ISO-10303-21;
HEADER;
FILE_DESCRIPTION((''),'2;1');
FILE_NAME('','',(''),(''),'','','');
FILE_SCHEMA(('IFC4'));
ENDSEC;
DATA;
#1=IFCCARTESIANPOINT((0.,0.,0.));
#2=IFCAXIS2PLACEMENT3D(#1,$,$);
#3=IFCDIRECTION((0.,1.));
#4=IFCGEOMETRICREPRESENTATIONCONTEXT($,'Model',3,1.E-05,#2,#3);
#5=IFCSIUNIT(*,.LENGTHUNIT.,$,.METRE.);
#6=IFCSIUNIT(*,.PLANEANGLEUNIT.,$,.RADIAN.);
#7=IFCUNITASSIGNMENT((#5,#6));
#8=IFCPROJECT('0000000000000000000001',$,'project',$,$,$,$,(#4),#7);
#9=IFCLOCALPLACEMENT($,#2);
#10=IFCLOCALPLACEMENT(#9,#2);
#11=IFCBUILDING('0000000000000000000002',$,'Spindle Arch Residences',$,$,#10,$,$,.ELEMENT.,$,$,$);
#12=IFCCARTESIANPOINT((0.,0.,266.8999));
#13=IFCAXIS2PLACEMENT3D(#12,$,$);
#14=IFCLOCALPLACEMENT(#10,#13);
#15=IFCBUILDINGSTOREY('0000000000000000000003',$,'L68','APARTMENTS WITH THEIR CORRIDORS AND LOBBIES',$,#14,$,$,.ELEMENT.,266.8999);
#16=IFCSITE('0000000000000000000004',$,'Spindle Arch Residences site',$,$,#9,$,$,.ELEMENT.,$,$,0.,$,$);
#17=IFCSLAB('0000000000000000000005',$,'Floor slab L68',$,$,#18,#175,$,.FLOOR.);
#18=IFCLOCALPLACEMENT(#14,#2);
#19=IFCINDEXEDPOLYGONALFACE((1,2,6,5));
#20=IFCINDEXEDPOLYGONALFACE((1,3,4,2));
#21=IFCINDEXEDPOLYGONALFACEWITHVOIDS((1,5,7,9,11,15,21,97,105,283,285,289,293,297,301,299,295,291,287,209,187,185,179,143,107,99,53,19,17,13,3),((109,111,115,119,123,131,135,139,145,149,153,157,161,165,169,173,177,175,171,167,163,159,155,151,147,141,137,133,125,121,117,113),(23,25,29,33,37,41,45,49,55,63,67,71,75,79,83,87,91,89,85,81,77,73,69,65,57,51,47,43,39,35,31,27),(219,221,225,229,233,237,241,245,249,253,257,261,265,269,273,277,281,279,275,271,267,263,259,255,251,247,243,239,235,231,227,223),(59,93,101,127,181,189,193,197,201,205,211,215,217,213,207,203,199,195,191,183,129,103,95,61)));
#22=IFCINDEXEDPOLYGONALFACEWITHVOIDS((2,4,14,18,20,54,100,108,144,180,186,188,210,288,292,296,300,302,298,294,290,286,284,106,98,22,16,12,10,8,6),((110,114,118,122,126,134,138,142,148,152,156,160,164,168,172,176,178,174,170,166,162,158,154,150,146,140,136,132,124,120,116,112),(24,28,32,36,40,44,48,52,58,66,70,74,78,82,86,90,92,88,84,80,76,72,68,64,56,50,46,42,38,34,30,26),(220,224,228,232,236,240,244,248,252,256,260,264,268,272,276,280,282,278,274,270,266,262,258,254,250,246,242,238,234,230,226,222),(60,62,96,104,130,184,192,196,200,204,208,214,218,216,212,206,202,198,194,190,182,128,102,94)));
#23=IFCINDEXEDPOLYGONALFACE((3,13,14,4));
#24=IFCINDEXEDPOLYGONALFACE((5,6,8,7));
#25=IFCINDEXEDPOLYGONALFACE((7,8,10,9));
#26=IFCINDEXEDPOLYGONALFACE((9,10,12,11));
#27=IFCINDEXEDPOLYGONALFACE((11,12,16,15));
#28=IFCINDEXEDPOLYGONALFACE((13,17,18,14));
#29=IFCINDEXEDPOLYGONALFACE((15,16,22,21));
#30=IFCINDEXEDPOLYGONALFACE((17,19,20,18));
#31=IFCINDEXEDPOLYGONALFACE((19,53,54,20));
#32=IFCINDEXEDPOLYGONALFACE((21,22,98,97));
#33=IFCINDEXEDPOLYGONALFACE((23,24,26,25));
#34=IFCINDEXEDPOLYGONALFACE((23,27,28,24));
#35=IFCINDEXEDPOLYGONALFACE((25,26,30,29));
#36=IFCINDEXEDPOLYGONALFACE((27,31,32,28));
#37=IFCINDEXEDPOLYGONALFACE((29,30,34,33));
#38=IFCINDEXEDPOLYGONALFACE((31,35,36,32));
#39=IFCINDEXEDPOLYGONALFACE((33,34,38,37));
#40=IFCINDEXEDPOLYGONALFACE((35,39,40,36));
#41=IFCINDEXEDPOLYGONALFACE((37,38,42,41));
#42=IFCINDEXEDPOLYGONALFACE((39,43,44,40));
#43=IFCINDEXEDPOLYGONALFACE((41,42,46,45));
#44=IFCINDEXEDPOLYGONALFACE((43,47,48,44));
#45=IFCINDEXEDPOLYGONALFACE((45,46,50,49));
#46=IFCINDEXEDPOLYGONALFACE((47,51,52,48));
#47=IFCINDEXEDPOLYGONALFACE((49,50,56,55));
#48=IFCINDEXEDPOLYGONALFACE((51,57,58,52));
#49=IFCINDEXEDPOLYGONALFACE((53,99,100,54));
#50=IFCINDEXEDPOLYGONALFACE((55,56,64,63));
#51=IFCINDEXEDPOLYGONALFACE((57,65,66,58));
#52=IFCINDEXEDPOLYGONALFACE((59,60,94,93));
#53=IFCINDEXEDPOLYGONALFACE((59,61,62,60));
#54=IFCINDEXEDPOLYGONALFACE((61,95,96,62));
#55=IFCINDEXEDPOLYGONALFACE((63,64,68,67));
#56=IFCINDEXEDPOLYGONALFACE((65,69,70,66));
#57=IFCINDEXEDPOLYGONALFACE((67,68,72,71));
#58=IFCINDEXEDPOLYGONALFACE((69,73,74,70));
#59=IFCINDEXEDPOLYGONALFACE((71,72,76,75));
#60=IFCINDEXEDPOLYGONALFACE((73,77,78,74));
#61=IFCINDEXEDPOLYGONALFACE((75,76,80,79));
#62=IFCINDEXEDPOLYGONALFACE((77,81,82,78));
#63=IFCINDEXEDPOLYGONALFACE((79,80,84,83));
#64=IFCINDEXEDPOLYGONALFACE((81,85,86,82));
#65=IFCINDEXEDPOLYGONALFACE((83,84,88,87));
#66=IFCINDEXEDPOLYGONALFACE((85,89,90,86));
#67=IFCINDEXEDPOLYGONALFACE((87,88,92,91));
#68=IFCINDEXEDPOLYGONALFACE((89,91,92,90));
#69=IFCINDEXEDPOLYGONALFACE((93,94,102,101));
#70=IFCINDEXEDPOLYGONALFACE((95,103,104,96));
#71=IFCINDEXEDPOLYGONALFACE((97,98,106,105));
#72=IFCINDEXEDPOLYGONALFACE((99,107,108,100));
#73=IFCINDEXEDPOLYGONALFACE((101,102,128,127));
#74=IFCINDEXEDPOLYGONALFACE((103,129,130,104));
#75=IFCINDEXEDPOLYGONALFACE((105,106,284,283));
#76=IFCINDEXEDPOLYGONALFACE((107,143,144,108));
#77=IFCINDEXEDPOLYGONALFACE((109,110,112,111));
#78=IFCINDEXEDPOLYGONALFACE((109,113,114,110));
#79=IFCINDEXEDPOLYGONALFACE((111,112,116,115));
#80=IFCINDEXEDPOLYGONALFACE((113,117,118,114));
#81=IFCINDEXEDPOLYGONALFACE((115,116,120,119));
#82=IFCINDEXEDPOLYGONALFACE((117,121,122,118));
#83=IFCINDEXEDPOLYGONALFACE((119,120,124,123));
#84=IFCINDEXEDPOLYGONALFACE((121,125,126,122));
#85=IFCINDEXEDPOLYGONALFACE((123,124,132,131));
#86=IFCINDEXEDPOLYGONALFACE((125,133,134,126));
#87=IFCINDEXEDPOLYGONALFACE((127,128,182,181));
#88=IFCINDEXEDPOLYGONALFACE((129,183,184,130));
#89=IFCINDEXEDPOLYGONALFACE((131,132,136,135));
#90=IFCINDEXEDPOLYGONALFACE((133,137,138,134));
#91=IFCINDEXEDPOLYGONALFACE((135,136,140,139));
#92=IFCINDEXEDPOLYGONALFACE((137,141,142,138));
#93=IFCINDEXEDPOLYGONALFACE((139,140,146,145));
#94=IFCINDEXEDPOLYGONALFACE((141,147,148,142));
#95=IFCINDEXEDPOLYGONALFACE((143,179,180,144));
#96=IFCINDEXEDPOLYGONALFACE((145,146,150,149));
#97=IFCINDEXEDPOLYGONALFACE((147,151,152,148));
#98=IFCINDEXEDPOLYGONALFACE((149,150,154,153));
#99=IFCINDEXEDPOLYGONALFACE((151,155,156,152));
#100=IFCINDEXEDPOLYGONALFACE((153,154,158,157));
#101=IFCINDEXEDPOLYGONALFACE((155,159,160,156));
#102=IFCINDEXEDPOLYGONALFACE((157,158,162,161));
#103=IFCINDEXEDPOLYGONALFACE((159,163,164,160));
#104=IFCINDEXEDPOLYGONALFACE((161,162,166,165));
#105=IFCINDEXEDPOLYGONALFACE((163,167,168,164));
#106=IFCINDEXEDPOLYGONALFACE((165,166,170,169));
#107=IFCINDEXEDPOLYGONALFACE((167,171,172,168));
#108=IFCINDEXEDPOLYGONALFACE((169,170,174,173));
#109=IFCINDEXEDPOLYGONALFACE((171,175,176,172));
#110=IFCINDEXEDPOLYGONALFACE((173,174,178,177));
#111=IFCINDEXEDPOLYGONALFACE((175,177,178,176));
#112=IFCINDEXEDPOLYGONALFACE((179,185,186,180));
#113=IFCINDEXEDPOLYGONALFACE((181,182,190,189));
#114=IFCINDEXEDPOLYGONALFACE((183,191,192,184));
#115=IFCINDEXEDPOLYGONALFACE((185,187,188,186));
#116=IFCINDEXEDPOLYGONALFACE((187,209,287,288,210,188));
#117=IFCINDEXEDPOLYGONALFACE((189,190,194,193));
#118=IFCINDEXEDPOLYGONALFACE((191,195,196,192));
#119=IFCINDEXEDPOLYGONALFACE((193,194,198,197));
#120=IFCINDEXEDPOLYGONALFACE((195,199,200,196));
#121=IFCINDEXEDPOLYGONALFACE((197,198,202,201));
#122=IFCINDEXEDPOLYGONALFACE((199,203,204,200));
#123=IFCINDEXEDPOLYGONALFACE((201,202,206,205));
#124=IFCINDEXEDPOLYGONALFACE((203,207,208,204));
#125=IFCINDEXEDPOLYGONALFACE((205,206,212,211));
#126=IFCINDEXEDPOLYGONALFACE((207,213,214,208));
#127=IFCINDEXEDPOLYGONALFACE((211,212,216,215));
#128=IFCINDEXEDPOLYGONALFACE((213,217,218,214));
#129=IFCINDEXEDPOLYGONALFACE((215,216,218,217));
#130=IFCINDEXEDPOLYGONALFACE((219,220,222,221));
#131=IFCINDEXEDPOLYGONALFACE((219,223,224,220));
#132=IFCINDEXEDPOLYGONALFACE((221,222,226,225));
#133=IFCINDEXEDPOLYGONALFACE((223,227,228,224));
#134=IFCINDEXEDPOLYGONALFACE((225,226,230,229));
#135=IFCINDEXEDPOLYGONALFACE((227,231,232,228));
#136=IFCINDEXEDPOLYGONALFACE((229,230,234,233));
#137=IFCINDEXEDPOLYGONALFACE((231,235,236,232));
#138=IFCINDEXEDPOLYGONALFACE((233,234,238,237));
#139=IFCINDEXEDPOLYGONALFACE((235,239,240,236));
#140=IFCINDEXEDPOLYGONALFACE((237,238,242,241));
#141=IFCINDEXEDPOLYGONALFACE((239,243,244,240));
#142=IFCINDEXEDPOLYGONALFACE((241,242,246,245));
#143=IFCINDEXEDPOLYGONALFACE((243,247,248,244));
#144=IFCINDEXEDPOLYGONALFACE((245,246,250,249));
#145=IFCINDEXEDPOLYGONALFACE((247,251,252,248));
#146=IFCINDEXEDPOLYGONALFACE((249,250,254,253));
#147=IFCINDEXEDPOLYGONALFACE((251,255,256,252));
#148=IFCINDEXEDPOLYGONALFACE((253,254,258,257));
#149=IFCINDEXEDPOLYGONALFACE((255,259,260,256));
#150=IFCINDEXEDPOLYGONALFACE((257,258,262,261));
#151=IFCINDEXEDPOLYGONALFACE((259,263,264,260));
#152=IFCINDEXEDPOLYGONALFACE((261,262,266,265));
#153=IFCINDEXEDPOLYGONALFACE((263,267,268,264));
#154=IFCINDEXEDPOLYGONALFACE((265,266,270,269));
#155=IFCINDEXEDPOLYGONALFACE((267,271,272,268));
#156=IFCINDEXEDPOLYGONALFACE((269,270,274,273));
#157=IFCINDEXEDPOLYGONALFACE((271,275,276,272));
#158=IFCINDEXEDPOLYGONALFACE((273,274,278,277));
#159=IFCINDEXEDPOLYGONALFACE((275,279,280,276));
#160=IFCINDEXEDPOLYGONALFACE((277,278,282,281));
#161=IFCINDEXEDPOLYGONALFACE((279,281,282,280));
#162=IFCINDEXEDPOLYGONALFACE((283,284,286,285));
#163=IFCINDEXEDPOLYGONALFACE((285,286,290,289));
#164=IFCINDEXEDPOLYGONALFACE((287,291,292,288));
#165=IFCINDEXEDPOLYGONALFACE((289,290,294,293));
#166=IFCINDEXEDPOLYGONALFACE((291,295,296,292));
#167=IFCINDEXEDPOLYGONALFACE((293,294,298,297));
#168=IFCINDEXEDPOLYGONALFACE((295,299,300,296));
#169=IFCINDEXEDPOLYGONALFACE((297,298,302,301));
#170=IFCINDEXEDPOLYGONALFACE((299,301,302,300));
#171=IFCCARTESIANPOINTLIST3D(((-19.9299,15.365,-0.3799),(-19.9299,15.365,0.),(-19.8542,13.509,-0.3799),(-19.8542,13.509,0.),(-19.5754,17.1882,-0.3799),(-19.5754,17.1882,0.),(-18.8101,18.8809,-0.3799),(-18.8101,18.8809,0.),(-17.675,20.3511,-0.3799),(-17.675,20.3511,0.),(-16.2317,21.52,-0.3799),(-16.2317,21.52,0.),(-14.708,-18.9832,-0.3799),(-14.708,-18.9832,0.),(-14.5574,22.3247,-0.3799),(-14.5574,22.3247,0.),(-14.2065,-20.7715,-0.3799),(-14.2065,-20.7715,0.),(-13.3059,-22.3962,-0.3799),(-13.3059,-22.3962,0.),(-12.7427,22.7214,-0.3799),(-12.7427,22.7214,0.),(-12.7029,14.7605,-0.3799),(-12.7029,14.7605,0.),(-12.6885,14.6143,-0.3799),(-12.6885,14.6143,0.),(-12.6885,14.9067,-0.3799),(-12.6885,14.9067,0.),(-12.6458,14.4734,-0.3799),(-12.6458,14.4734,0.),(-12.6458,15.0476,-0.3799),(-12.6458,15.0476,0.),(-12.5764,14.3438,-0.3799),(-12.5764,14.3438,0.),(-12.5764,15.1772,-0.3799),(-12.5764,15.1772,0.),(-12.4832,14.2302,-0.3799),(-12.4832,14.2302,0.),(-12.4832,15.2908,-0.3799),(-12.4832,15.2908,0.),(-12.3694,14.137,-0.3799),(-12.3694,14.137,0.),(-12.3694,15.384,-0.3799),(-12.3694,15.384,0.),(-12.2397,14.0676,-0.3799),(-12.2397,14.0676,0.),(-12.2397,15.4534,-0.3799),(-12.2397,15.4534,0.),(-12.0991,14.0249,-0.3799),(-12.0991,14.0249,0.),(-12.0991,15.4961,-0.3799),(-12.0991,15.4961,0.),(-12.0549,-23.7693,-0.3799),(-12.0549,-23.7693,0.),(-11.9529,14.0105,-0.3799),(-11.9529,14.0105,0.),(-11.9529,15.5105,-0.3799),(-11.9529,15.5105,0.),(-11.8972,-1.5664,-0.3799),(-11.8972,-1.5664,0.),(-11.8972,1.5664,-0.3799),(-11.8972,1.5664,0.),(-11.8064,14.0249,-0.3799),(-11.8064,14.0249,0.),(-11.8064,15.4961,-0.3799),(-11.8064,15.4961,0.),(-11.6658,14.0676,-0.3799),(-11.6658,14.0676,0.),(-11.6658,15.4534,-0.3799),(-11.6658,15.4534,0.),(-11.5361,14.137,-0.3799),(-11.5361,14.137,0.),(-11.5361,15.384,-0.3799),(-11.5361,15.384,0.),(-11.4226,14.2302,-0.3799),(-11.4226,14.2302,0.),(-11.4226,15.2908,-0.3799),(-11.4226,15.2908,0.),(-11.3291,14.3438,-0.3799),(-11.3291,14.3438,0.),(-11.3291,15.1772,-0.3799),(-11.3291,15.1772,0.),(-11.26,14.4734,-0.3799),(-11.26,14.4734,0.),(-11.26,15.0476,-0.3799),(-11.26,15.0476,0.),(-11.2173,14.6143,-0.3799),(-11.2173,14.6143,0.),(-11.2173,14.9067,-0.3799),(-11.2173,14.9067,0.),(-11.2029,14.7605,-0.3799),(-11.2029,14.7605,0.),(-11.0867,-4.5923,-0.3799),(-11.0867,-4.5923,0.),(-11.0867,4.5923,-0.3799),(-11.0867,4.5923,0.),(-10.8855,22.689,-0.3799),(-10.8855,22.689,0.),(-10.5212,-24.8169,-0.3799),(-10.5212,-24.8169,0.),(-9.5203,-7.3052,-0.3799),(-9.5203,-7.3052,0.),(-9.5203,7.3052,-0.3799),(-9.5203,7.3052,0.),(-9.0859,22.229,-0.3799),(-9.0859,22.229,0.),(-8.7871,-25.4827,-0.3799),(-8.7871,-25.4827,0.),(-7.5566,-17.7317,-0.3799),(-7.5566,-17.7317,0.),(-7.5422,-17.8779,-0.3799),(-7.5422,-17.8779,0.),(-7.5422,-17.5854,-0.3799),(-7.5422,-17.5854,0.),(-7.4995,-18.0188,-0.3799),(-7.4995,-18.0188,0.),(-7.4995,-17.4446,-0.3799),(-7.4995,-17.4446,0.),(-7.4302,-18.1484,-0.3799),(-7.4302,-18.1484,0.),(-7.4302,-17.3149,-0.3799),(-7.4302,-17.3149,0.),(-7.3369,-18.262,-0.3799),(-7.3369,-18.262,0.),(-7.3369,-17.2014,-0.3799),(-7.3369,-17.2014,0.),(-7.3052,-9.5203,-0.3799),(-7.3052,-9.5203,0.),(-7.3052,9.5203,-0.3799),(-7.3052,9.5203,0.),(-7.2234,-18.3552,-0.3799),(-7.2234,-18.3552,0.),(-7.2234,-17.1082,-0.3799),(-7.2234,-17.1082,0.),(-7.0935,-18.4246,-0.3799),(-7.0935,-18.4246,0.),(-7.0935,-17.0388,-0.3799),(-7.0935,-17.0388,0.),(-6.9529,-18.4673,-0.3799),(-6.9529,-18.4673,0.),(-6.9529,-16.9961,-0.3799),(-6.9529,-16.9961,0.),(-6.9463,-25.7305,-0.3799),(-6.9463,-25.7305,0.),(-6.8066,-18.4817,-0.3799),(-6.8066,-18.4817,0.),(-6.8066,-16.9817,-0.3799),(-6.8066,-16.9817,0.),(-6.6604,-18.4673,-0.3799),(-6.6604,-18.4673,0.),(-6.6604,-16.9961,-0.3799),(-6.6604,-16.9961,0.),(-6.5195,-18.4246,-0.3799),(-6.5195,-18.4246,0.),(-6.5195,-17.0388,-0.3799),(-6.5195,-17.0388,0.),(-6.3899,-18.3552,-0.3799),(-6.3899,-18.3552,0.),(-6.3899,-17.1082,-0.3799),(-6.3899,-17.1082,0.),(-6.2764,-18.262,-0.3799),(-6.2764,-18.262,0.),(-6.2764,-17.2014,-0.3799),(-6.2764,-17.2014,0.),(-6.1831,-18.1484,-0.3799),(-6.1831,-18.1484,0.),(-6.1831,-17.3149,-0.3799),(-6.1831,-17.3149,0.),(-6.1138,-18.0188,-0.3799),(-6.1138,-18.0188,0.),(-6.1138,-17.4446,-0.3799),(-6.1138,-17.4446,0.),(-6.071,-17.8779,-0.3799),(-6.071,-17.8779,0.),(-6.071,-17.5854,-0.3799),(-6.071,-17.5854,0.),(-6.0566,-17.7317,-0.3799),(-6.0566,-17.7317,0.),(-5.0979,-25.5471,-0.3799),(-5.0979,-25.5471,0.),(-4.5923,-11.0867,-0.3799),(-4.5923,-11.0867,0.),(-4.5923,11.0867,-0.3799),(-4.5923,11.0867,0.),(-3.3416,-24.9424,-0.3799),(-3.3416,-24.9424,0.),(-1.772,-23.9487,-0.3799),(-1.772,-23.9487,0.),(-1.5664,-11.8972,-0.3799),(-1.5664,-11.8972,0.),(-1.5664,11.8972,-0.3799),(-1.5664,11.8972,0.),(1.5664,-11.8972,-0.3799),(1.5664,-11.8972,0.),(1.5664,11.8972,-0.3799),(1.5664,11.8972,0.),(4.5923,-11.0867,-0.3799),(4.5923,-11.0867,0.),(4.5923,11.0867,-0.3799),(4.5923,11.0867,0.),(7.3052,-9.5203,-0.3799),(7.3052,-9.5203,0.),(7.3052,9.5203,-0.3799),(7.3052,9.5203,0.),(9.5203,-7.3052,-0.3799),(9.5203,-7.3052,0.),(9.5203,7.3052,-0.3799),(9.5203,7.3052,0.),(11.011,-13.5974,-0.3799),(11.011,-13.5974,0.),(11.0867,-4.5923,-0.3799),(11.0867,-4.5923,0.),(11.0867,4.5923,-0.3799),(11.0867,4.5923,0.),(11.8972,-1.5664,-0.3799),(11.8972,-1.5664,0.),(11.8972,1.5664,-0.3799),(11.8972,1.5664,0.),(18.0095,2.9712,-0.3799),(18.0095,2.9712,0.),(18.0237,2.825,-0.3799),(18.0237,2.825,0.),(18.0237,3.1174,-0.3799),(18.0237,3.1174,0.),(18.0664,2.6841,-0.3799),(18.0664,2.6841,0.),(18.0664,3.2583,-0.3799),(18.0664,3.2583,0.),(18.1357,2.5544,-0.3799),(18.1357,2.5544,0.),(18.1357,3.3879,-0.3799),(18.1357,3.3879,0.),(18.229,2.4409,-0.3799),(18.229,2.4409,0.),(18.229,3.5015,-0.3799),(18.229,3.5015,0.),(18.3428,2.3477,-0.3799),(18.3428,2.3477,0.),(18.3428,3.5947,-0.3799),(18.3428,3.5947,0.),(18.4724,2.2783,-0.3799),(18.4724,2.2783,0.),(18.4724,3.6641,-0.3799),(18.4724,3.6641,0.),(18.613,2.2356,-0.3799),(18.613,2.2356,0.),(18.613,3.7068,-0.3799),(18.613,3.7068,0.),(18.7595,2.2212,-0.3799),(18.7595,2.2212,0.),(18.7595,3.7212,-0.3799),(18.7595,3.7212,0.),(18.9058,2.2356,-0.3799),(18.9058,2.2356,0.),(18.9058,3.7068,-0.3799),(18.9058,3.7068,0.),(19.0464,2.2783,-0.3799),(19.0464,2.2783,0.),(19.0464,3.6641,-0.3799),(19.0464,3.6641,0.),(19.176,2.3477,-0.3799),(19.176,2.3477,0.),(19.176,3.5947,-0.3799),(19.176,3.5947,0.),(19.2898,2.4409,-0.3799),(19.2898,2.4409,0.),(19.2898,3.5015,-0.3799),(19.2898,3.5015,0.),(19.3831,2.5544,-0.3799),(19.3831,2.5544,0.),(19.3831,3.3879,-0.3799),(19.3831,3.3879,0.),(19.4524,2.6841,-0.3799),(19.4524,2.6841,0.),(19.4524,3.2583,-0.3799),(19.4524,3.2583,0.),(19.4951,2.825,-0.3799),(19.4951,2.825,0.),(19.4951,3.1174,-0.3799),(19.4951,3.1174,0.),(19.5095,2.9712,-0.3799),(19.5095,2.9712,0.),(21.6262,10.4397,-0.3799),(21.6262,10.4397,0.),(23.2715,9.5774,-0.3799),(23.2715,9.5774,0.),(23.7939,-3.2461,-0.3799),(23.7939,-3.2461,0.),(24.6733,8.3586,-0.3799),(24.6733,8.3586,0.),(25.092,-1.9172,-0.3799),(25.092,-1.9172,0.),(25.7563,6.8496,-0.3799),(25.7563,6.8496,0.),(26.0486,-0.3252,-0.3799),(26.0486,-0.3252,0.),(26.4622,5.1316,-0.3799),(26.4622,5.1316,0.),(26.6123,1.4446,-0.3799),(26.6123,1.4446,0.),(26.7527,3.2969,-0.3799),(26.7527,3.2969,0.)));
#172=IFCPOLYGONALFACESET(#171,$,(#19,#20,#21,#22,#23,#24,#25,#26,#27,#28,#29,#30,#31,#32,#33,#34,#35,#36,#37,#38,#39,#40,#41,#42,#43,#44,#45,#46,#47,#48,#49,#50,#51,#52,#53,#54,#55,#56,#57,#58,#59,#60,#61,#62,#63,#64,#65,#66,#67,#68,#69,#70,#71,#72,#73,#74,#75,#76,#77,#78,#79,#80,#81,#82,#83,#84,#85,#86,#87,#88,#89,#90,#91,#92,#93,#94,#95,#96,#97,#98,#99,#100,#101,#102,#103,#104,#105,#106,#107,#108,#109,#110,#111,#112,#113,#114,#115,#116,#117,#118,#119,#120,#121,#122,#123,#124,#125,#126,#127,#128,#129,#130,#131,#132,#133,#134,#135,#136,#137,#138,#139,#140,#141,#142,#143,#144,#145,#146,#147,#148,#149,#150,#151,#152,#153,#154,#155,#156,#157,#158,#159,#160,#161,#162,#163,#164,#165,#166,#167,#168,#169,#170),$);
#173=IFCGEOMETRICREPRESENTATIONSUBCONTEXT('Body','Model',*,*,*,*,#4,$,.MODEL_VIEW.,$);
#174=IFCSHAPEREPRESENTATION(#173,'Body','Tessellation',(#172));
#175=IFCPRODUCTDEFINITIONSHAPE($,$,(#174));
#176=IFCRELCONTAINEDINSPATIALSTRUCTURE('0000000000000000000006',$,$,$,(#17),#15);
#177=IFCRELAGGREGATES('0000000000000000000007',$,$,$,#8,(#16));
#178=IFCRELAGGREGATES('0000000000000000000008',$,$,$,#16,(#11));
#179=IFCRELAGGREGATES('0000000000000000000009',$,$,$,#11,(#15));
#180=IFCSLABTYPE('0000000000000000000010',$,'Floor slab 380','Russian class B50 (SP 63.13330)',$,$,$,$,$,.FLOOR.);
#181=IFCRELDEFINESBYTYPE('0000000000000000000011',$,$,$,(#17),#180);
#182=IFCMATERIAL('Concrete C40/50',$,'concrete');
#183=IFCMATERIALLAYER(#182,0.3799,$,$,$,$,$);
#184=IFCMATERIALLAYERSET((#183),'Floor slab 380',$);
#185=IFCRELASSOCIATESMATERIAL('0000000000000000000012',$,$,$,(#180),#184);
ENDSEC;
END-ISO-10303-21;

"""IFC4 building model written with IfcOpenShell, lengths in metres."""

from ifc_helpers import new_model, si_unit, direction, frame, origin, place, context, subcontext, project, spatial, polyline, outline, extrude, material, layer, layer_set, type_object, element, save


model = new_model("IFC4")

# Units and contexts
model_context = context("Model", 3, precision=1e-05, world=origin(), true_north=direction((0.0, 1.0)))
body_context = subcontext(model_context, "Body", "Model", "MODEL_VIEW")
ifc_project = project(units=[si_unit("LENGTHUNIT", "METRE"), si_unit("PLANEANGLEUNIT", "RADIAN")], contexts=[model_context])

# Site, building, storey
site_placement = place(None, origin())
site = spatial("IfcSite", under=ifc_project, at=site_placement, Name="Spindle Arch Residences site", CompositionType="ELEMENT", RefElevation=0.0)
building_placement = place(site_placement, origin())
building = spatial("IfcBuilding", under=site, at=building_placement, Name="Spindle Arch Residences", CompositionType="ELEMENT")
storey_placement = place(building_placement, frame((0.0, 0.0, 266.8999)))
storey = spatial("IfcBuildingStorey", under=building, at=storey_placement, Name="L68", Description="APARTMENTS WITH THEIR CORRIDORS AND LOBBIES", CompositionType="ELEMENT", Elevation=266.8999)

# Slab
ifc_material_1 = material(Name="Concrete C40/50", Category="concrete")
ifc_layer_1 = layer(ifc_material_1, 0.3799)
ifc_layer_set_1 = layer_set([ifc_layer_1], Name="Floor slab 380")
slab_type_1 = type_object("IfcSlabType", Name="Floor slab 380", Description="Russian class B50 (SP 63.13330)", PredefinedType="FLOOR", material=ifc_layer_set_1)
slab_1_placement = place(storey_placement, frame((0.0, 0.0, -0.3799)))
element("IfcSlab", 1, at=slab_1_placement, inside=storey, type_object=slab_type_1, Name="Floor slab L68", PredefinedType="FLOOR", context=body_context, shape_type="SweptSolid", body=[
    extrude(outline(polyline([(-3.3416, -24.9424), (-5.0979, -25.5471), (-6.9463, -25.7305), (-8.7871, -25.4827), (-10.5212, -24.8169), (-12.0549, -23.7693), (-13.3059, -22.3962), (-14.2065, -20.7715), (-14.708, -18.9832), (-19.8542, 13.509), (-19.9299, 15.365), (-19.5754, 17.1882), (-18.8101, 18.8809), (-17.675, 20.3511), (-16.2317, 21.52), (-14.5574, 22.3247), (-12.7427, 22.7214), (-10.8855, 22.689), (-9.0859, 22.229), (21.6262, 10.4397), (23.2715, 9.5774), (24.6733, 8.3586), (25.7563, 6.8496), (26.4622, 5.1316), (26.7527, 3.2969), (26.6123, 1.4446), (26.0486, -0.3252), (25.092, -1.9172), (23.7939, -3.2461), (11.011, -13.5974), (-1.772, -23.9487), (-3.3416, -24.9424)]), holes=[polyline([(7.3052, -9.5203), (9.5203, -7.3052), (11.0867, -4.5923), (11.8972, -1.5664), (11.8972, 1.5664), (11.0867, 4.5923), (9.5203, 7.3052), (7.3052, 9.5203), (4.5923, 11.0867), (1.5664, 11.8972), (-1.5664, 11.8972), (-4.5923, 11.0867), (-7.3052, 9.5203), (-9.5203, 7.3052), (-11.0867, 4.5923), (-11.8972, 1.5664), (-11.8972, -1.5664), (-11.0867, -4.5923), (-9.5203, -7.3052), (-7.3052, -9.5203), (-4.5923, -11.0867), (-1.5664, -11.8972), (1.5664, -11.8972), (4.5923, -11.0867), (7.3052, -9.5203)]), polyline([(-6.2764, -18.262), (-6.1831, -18.1484), (-6.1138, -18.0188), (-6.071, -17.8779), (-6.0566, -17.7317), (-6.071, -17.5854), (-6.1138, -17.4446), (-6.1831, -17.3149), (-6.2764, -17.2014), (-6.3899, -17.1082), (-6.5195, -17.0388), (-6.6604, -16.9961), (-6.8066, -16.9817), (-6.9529, -16.9961), (-7.0935, -17.0388), (-7.2234, -17.1082), (-7.3369, -17.2014), (-7.4302, -17.3149), (-7.4995, -17.4446), (-7.5422, -17.5854), (-7.5566, -17.7317), (-7.5422, -17.8779), (-7.4995, -18.0188), (-7.4302, -18.1484), (-7.3369, -18.262), (-7.2234, -18.3552), (-7.0935, -18.4246), (-6.9529, -18.4673), (-6.8066, -18.4817), (-6.6604, -18.4673), (-6.5195, -18.4246), (-6.3899, -18.3552), (-6.2764, -18.262)]), polyline([(-11.3291, 14.3438), (-11.26, 14.4734), (-11.2173, 14.6143), (-11.2029, 14.7605), (-11.2173, 14.9067), (-11.26, 15.0476), (-11.3291, 15.1772), (-11.4226, 15.2908), (-11.5361, 15.384), (-11.6658, 15.4534), (-11.8064, 15.4961), (-11.9529, 15.5105), (-12.0991, 15.4961), (-12.2397, 15.4534), (-12.3694, 15.384), (-12.4832, 15.2908), (-12.5764, 15.1772), (-12.6458, 15.0476), (-12.6885, 14.9067), (-12.7029, 14.7605), (-12.6885, 14.6143), (-12.6458, 14.4734), (-12.5764, 14.3438), (-12.4832, 14.2302), (-12.3694, 14.137), (-12.2397, 14.0676), (-12.0991, 14.0249), (-11.9529, 14.0105), (-11.8064, 14.0249), (-11.6658, 14.0676), (-11.5361, 14.137), (-11.4226, 14.2302), (-11.3291, 14.3438)]), polyline([(19.3831, 2.5544), (19.4524, 2.6841), (19.4951, 2.825), (19.5095, 2.9712), (19.4951, 3.1174), (19.4524, 3.2583), (19.3831, 3.3879), (19.2898, 3.5015), (19.176, 3.5947), (19.0464, 3.6641), (18.9058, 3.7068), (18.7595, 3.7212), (18.613, 3.7068), (18.4724, 3.6641), (18.3428, 3.5947), (18.229, 3.5015), (18.1357, 3.3879), (18.0664, 3.2583), (18.0237, 3.1174), (18.0095, 2.9712), (18.0237, 2.825), (18.0664, 2.6841), (18.1357, 2.5544), (18.229, 2.4409), (18.3428, 2.3477), (18.4724, 2.2783), (18.613, 2.2356), (18.7595, 2.2212), (18.9058, 2.2356), (19.0464, 2.2783), (19.176, 2.3477), (19.2898, 2.4409), (19.3831, 2.5544)])]), origin(), (0.0, 0.0, 1.0), 0.3799),
])

save(model, "model.ifc")
